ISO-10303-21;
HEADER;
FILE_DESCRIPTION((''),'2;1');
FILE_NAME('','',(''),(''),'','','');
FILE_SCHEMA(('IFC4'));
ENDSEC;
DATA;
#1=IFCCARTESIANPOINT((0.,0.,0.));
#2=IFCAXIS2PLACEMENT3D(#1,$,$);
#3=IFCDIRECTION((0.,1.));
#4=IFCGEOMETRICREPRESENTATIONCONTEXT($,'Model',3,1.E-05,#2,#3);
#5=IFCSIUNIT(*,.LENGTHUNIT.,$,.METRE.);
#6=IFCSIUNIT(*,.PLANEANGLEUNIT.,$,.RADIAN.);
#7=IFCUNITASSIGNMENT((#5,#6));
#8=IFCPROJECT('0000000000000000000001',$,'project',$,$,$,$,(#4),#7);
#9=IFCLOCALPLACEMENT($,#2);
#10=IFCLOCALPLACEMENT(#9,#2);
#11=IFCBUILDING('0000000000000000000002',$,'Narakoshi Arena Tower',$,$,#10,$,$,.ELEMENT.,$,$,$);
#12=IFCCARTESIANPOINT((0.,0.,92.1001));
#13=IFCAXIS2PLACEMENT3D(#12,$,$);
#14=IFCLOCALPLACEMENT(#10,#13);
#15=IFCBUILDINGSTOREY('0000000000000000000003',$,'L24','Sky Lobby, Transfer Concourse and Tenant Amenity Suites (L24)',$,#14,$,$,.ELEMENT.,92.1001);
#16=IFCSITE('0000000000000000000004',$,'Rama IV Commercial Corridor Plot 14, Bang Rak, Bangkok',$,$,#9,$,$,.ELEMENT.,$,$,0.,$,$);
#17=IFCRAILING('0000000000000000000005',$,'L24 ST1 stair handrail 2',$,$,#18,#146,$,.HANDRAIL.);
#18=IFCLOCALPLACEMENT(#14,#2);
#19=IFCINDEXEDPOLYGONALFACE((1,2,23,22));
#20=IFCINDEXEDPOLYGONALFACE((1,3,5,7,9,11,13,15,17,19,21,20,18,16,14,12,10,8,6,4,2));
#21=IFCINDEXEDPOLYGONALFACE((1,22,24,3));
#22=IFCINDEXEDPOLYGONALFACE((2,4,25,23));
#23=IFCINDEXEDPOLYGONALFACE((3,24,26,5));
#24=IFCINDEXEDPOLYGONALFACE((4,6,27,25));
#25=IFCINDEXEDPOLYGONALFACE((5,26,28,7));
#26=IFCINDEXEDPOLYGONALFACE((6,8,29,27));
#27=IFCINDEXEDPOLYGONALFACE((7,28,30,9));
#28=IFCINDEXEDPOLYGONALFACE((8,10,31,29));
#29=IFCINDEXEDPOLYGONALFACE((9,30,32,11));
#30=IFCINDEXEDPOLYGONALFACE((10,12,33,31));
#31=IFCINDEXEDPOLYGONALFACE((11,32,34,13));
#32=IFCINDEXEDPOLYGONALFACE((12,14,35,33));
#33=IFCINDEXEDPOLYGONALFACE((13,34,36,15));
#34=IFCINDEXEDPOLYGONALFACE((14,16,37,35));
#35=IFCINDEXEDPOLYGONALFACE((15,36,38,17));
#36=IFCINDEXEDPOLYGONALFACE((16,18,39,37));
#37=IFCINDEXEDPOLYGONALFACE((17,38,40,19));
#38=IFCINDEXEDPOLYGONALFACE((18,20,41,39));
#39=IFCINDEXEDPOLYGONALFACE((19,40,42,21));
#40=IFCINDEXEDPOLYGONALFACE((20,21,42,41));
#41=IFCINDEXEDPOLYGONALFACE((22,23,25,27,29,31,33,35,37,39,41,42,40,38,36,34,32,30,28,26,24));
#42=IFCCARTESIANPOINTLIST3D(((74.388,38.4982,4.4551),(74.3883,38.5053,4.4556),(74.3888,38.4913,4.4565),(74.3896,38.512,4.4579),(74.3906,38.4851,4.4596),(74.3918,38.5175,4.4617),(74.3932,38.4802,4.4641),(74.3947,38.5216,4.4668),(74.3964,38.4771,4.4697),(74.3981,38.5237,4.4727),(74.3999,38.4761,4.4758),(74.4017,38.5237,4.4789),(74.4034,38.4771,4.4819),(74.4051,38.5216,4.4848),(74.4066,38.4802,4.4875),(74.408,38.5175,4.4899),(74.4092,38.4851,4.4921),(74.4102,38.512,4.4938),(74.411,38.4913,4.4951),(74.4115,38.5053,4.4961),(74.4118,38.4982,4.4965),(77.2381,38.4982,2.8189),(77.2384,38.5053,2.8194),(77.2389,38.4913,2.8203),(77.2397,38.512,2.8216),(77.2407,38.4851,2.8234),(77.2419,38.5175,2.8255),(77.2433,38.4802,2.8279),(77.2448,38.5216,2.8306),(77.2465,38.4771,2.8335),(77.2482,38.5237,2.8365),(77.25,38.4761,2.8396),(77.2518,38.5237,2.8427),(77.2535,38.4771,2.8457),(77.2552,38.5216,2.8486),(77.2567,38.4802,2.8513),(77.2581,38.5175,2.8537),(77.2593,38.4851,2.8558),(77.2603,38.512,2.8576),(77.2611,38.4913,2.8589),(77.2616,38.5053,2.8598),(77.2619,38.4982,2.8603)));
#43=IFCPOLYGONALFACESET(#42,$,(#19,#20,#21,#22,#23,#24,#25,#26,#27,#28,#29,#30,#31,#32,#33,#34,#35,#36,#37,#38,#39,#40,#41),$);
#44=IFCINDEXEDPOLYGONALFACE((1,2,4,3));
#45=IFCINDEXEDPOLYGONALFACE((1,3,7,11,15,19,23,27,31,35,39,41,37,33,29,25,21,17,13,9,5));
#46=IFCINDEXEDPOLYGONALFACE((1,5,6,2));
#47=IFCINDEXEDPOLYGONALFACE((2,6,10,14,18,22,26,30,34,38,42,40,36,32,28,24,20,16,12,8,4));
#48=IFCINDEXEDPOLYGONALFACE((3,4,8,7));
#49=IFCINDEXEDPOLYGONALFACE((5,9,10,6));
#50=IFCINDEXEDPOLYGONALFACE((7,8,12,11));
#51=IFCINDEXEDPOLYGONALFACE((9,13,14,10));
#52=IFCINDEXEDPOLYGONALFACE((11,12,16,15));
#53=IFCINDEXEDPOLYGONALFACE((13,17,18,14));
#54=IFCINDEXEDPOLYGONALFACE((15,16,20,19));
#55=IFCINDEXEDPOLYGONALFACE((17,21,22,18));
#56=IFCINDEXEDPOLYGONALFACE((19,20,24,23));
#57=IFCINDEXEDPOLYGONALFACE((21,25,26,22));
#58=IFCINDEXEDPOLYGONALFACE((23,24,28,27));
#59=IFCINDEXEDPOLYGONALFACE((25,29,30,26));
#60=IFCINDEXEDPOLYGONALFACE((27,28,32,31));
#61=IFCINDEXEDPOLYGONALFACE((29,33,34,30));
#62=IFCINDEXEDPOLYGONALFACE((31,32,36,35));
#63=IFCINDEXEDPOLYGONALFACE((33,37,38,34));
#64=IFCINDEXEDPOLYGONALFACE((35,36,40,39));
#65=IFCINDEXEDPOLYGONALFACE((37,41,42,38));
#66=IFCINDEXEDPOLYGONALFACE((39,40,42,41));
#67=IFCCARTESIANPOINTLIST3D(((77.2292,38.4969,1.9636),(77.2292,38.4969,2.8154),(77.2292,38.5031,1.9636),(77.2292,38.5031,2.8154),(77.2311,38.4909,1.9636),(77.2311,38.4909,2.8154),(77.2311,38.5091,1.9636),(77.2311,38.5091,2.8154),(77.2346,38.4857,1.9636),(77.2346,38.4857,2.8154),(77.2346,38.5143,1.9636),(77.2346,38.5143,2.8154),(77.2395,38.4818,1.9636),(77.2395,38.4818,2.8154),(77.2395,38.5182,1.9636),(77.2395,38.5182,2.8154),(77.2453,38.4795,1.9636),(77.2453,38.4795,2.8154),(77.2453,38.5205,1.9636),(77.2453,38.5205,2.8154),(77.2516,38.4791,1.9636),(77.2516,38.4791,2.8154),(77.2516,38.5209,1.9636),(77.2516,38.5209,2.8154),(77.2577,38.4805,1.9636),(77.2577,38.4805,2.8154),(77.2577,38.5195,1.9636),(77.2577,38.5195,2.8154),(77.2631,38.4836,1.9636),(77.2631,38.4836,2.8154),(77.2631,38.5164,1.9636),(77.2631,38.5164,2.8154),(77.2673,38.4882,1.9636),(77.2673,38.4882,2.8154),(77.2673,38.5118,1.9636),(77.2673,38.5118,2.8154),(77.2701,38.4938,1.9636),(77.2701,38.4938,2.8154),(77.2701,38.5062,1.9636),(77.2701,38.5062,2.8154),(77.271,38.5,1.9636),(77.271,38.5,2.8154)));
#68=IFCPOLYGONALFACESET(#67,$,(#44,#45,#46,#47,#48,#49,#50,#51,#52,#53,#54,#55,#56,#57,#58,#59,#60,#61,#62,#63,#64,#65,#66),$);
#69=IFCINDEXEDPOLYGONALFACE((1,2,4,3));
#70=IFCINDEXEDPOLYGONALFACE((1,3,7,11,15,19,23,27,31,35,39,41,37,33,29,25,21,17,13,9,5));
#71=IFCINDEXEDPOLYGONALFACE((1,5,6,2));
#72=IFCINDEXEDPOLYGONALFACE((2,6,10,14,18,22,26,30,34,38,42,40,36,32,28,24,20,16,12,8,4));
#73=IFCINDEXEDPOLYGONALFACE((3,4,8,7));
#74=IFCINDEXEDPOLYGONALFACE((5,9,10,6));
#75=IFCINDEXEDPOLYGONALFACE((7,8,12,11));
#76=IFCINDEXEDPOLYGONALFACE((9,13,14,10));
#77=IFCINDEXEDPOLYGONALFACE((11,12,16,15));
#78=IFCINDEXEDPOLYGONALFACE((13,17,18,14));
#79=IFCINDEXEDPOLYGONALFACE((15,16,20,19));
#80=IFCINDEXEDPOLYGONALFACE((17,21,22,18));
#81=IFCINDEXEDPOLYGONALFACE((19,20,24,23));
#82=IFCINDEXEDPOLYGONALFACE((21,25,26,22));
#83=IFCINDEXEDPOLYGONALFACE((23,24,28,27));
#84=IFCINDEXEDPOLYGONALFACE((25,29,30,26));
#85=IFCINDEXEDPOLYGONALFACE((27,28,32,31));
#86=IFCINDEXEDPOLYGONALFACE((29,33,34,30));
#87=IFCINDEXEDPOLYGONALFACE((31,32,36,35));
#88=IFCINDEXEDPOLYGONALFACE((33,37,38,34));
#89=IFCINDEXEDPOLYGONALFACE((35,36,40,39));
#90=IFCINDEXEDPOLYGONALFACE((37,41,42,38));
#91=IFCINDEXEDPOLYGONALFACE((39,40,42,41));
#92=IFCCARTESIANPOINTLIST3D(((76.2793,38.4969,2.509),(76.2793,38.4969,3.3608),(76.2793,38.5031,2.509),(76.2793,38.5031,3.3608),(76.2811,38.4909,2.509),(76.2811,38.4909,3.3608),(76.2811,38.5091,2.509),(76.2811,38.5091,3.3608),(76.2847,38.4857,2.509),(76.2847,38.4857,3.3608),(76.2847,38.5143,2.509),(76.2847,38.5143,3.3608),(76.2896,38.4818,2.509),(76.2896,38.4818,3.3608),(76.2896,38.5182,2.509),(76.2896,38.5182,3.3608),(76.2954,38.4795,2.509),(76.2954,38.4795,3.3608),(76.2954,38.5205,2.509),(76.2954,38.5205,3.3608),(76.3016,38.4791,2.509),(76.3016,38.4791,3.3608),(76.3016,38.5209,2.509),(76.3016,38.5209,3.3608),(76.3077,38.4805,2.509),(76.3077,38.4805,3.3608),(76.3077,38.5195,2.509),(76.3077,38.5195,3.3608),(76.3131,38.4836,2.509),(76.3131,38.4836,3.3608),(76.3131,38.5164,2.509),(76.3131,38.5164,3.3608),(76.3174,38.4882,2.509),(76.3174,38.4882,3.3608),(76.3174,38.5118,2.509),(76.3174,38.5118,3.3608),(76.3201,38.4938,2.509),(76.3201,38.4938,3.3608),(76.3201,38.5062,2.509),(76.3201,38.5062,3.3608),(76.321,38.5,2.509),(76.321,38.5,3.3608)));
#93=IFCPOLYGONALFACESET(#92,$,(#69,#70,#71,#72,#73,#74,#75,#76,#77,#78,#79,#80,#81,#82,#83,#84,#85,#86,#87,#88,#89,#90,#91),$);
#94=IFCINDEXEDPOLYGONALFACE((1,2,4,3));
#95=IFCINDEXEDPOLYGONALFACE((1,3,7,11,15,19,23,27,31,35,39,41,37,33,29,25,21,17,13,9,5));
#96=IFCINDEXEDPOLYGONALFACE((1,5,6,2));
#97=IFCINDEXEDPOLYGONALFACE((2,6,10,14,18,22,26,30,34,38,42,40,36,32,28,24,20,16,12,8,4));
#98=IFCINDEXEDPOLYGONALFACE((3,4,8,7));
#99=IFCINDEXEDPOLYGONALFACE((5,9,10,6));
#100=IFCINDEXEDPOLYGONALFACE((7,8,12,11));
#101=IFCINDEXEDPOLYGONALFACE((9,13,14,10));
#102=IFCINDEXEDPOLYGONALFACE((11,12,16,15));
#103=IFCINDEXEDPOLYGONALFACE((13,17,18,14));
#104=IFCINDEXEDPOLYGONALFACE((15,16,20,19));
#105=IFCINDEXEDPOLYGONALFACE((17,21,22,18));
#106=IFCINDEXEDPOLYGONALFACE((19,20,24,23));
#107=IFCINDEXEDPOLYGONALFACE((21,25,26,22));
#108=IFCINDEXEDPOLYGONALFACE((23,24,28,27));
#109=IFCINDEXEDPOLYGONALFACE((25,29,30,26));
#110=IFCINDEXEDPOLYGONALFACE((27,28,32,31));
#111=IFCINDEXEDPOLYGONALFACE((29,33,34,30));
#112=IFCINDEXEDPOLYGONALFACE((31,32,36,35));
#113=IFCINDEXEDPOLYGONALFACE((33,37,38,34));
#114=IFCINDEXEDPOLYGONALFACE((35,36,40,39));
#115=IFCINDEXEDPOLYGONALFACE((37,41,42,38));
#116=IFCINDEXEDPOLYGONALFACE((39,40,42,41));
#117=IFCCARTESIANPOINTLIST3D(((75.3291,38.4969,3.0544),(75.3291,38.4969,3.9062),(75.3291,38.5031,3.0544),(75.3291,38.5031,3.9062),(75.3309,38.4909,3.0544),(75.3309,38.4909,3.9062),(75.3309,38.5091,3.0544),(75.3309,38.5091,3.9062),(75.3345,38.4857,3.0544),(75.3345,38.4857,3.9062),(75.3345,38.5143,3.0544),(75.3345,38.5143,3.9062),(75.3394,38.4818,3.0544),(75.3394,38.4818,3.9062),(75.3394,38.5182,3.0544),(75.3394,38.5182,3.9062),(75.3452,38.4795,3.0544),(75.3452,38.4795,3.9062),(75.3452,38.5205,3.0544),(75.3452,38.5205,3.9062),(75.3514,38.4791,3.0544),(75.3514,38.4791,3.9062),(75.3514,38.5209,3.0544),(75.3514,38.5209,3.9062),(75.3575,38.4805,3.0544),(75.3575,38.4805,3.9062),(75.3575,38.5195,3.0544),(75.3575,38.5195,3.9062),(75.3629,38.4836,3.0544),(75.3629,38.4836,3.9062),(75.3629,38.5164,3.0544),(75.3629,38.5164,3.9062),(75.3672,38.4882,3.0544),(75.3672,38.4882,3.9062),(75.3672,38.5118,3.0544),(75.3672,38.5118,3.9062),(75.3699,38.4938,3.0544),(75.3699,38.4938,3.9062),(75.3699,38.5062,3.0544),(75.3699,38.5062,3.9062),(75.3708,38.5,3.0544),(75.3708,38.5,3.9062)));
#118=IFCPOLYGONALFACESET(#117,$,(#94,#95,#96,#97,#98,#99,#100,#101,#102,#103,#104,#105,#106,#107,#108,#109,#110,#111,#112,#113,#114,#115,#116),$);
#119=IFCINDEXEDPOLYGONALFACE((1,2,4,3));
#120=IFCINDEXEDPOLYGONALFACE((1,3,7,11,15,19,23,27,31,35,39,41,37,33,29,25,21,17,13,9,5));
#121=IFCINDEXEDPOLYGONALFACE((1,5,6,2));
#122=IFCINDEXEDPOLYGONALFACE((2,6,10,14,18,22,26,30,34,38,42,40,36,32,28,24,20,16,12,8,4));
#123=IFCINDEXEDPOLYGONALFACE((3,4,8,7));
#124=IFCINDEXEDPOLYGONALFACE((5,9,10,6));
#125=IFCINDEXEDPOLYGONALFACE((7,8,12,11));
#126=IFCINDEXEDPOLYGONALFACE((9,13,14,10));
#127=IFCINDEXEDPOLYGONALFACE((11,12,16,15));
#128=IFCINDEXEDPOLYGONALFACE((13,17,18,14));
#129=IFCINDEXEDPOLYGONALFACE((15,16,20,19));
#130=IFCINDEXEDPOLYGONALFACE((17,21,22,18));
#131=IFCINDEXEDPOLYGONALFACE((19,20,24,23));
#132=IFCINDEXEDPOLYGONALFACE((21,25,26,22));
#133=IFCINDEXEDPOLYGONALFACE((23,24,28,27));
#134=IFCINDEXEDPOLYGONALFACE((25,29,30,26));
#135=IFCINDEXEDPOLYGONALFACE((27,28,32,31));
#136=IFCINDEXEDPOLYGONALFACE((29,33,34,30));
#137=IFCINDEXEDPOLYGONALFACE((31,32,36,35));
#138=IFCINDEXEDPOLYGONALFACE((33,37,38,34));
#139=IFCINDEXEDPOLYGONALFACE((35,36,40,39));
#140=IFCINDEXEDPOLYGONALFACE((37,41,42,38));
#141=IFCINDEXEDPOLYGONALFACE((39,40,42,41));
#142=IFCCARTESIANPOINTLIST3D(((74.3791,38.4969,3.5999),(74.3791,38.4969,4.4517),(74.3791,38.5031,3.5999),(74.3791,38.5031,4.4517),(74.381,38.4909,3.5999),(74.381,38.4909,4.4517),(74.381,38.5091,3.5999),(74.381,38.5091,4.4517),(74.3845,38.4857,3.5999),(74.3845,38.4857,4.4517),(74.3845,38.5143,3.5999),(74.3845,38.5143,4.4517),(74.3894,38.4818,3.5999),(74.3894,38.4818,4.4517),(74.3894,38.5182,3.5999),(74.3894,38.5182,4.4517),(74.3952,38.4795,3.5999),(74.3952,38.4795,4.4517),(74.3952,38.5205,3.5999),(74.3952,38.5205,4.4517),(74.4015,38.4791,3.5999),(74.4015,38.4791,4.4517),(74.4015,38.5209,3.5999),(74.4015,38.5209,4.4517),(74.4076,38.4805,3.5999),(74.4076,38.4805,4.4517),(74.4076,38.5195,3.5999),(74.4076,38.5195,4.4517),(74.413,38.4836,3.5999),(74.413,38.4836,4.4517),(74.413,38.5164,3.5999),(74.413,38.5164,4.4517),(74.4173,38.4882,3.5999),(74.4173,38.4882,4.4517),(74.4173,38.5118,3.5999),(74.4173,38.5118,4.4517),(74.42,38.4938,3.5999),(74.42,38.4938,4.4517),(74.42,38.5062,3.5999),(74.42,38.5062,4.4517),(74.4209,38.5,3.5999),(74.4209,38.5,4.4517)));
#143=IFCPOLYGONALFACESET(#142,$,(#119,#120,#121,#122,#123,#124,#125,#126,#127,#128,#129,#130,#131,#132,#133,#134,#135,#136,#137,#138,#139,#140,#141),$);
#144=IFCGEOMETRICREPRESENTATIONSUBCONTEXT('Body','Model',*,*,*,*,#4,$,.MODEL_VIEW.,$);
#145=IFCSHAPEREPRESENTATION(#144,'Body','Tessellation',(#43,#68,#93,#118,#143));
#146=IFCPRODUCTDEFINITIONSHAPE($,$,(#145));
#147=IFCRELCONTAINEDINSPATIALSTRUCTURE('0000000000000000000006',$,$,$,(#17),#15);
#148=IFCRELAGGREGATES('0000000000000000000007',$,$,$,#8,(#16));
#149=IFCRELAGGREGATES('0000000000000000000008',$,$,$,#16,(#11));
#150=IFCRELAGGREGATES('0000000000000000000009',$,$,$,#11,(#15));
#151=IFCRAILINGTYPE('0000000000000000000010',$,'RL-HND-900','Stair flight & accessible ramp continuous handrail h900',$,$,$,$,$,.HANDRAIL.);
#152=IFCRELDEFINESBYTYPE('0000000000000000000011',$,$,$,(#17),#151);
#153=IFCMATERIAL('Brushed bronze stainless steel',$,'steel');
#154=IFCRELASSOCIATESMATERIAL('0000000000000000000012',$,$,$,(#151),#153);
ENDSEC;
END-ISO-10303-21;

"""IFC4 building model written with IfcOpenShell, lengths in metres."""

from ifc_helpers import new_model, si_unit, direction, frame, origin, origin_2d, place, context, subcontext, project, spatial, circle, extrude, material, type_object, element, save


model = new_model("IFC4")

# Units and contexts
model_context = context("Model", 3, precision=1e-05, world=origin(), true_north=direction((0.0, 1.0)))
body_context = subcontext(model_context, "Body", "Model", "MODEL_VIEW")
ifc_project = project(units=[si_unit("LENGTHUNIT", "METRE"), si_unit("PLANEANGLEUNIT", "RADIAN")], contexts=[model_context])

# Site, building, storey
site_placement = place(None, origin())
site = spatial("IfcSite", under=ifc_project, at=site_placement, Name="Rama IV Commercial Corridor Plot 14, Bang Rak, Bangkok", CompositionType="ELEMENT", RefElevation=0.0)
building_placement = place(site_placement, origin())
building = spatial("IfcBuilding", under=site, at=building_placement, Name="Narakoshi Arena Tower", CompositionType="ELEMENT")
storey_placement = place(building_placement, frame((0.0, 0.0, 92.1001)))
storey = spatial("IfcBuildingStorey", under=building, at=storey_placement, Name="L24", Description="Sky Lobby, Transfer Concourse and Tenant Amenity Suites (L24)", CompositionType="ELEMENT", Elevation=92.1001)

# Shared definitions
ifc_material_1 = material(Name="Brushed bronze stainless steel", Category="steel")

# Railing
railing_type_1 = type_object("IfcRailingType", Name="RL-HND-900", Description="Stair flight & accessible ramp continuous handrail h900", PredefinedType="HANDRAIL", material=ifc_material_1)
for number, where, name in (
    (1, (77.25, 38.5, 1.9636), "L24 ST1 stair handrail 2"),
):
    element("IfcRailing", number, at=place(storey_placement, frame(where)), inside=storey, type_object=railing_type_1, Name=name, PredefinedType="HANDRAIL", context=body_context, shape_type="SweptSolid", body=[
        extrude(circle(Radius=0.0239, at=origin_2d()), frame((0.0, 0.0, 0.876), z_axis=(-0.867245, 0.0, 0.497882), x_axis=(0.0, -1.0, 0.0)), (0.0, 0.0, 1.0), 3.2864),
        extrude(circle(Radius=0.021, at=origin_2d()), origin(), (0.0, 0.0, 1.0), 0.8518),
        extrude(circle(Radius=0.021, at=origin_2d()), frame((-0.95, 0.0, 0.5454)), (0.0, 0.0, 1.0), 0.8518),
        extrude(circle(Radius=0.021, at=origin_2d()), frame((-1.9001, 0.0, 1.0908)), (0.0, 0.0, 1.0), 0.8518),
        extrude(circle(Radius=0.021, at=origin_2d()), frame((-2.8501, 0.0, 1.6362)), (0.0, 0.0, 1.0), 0.8518),
    ])

save(model, "model.ifc")
